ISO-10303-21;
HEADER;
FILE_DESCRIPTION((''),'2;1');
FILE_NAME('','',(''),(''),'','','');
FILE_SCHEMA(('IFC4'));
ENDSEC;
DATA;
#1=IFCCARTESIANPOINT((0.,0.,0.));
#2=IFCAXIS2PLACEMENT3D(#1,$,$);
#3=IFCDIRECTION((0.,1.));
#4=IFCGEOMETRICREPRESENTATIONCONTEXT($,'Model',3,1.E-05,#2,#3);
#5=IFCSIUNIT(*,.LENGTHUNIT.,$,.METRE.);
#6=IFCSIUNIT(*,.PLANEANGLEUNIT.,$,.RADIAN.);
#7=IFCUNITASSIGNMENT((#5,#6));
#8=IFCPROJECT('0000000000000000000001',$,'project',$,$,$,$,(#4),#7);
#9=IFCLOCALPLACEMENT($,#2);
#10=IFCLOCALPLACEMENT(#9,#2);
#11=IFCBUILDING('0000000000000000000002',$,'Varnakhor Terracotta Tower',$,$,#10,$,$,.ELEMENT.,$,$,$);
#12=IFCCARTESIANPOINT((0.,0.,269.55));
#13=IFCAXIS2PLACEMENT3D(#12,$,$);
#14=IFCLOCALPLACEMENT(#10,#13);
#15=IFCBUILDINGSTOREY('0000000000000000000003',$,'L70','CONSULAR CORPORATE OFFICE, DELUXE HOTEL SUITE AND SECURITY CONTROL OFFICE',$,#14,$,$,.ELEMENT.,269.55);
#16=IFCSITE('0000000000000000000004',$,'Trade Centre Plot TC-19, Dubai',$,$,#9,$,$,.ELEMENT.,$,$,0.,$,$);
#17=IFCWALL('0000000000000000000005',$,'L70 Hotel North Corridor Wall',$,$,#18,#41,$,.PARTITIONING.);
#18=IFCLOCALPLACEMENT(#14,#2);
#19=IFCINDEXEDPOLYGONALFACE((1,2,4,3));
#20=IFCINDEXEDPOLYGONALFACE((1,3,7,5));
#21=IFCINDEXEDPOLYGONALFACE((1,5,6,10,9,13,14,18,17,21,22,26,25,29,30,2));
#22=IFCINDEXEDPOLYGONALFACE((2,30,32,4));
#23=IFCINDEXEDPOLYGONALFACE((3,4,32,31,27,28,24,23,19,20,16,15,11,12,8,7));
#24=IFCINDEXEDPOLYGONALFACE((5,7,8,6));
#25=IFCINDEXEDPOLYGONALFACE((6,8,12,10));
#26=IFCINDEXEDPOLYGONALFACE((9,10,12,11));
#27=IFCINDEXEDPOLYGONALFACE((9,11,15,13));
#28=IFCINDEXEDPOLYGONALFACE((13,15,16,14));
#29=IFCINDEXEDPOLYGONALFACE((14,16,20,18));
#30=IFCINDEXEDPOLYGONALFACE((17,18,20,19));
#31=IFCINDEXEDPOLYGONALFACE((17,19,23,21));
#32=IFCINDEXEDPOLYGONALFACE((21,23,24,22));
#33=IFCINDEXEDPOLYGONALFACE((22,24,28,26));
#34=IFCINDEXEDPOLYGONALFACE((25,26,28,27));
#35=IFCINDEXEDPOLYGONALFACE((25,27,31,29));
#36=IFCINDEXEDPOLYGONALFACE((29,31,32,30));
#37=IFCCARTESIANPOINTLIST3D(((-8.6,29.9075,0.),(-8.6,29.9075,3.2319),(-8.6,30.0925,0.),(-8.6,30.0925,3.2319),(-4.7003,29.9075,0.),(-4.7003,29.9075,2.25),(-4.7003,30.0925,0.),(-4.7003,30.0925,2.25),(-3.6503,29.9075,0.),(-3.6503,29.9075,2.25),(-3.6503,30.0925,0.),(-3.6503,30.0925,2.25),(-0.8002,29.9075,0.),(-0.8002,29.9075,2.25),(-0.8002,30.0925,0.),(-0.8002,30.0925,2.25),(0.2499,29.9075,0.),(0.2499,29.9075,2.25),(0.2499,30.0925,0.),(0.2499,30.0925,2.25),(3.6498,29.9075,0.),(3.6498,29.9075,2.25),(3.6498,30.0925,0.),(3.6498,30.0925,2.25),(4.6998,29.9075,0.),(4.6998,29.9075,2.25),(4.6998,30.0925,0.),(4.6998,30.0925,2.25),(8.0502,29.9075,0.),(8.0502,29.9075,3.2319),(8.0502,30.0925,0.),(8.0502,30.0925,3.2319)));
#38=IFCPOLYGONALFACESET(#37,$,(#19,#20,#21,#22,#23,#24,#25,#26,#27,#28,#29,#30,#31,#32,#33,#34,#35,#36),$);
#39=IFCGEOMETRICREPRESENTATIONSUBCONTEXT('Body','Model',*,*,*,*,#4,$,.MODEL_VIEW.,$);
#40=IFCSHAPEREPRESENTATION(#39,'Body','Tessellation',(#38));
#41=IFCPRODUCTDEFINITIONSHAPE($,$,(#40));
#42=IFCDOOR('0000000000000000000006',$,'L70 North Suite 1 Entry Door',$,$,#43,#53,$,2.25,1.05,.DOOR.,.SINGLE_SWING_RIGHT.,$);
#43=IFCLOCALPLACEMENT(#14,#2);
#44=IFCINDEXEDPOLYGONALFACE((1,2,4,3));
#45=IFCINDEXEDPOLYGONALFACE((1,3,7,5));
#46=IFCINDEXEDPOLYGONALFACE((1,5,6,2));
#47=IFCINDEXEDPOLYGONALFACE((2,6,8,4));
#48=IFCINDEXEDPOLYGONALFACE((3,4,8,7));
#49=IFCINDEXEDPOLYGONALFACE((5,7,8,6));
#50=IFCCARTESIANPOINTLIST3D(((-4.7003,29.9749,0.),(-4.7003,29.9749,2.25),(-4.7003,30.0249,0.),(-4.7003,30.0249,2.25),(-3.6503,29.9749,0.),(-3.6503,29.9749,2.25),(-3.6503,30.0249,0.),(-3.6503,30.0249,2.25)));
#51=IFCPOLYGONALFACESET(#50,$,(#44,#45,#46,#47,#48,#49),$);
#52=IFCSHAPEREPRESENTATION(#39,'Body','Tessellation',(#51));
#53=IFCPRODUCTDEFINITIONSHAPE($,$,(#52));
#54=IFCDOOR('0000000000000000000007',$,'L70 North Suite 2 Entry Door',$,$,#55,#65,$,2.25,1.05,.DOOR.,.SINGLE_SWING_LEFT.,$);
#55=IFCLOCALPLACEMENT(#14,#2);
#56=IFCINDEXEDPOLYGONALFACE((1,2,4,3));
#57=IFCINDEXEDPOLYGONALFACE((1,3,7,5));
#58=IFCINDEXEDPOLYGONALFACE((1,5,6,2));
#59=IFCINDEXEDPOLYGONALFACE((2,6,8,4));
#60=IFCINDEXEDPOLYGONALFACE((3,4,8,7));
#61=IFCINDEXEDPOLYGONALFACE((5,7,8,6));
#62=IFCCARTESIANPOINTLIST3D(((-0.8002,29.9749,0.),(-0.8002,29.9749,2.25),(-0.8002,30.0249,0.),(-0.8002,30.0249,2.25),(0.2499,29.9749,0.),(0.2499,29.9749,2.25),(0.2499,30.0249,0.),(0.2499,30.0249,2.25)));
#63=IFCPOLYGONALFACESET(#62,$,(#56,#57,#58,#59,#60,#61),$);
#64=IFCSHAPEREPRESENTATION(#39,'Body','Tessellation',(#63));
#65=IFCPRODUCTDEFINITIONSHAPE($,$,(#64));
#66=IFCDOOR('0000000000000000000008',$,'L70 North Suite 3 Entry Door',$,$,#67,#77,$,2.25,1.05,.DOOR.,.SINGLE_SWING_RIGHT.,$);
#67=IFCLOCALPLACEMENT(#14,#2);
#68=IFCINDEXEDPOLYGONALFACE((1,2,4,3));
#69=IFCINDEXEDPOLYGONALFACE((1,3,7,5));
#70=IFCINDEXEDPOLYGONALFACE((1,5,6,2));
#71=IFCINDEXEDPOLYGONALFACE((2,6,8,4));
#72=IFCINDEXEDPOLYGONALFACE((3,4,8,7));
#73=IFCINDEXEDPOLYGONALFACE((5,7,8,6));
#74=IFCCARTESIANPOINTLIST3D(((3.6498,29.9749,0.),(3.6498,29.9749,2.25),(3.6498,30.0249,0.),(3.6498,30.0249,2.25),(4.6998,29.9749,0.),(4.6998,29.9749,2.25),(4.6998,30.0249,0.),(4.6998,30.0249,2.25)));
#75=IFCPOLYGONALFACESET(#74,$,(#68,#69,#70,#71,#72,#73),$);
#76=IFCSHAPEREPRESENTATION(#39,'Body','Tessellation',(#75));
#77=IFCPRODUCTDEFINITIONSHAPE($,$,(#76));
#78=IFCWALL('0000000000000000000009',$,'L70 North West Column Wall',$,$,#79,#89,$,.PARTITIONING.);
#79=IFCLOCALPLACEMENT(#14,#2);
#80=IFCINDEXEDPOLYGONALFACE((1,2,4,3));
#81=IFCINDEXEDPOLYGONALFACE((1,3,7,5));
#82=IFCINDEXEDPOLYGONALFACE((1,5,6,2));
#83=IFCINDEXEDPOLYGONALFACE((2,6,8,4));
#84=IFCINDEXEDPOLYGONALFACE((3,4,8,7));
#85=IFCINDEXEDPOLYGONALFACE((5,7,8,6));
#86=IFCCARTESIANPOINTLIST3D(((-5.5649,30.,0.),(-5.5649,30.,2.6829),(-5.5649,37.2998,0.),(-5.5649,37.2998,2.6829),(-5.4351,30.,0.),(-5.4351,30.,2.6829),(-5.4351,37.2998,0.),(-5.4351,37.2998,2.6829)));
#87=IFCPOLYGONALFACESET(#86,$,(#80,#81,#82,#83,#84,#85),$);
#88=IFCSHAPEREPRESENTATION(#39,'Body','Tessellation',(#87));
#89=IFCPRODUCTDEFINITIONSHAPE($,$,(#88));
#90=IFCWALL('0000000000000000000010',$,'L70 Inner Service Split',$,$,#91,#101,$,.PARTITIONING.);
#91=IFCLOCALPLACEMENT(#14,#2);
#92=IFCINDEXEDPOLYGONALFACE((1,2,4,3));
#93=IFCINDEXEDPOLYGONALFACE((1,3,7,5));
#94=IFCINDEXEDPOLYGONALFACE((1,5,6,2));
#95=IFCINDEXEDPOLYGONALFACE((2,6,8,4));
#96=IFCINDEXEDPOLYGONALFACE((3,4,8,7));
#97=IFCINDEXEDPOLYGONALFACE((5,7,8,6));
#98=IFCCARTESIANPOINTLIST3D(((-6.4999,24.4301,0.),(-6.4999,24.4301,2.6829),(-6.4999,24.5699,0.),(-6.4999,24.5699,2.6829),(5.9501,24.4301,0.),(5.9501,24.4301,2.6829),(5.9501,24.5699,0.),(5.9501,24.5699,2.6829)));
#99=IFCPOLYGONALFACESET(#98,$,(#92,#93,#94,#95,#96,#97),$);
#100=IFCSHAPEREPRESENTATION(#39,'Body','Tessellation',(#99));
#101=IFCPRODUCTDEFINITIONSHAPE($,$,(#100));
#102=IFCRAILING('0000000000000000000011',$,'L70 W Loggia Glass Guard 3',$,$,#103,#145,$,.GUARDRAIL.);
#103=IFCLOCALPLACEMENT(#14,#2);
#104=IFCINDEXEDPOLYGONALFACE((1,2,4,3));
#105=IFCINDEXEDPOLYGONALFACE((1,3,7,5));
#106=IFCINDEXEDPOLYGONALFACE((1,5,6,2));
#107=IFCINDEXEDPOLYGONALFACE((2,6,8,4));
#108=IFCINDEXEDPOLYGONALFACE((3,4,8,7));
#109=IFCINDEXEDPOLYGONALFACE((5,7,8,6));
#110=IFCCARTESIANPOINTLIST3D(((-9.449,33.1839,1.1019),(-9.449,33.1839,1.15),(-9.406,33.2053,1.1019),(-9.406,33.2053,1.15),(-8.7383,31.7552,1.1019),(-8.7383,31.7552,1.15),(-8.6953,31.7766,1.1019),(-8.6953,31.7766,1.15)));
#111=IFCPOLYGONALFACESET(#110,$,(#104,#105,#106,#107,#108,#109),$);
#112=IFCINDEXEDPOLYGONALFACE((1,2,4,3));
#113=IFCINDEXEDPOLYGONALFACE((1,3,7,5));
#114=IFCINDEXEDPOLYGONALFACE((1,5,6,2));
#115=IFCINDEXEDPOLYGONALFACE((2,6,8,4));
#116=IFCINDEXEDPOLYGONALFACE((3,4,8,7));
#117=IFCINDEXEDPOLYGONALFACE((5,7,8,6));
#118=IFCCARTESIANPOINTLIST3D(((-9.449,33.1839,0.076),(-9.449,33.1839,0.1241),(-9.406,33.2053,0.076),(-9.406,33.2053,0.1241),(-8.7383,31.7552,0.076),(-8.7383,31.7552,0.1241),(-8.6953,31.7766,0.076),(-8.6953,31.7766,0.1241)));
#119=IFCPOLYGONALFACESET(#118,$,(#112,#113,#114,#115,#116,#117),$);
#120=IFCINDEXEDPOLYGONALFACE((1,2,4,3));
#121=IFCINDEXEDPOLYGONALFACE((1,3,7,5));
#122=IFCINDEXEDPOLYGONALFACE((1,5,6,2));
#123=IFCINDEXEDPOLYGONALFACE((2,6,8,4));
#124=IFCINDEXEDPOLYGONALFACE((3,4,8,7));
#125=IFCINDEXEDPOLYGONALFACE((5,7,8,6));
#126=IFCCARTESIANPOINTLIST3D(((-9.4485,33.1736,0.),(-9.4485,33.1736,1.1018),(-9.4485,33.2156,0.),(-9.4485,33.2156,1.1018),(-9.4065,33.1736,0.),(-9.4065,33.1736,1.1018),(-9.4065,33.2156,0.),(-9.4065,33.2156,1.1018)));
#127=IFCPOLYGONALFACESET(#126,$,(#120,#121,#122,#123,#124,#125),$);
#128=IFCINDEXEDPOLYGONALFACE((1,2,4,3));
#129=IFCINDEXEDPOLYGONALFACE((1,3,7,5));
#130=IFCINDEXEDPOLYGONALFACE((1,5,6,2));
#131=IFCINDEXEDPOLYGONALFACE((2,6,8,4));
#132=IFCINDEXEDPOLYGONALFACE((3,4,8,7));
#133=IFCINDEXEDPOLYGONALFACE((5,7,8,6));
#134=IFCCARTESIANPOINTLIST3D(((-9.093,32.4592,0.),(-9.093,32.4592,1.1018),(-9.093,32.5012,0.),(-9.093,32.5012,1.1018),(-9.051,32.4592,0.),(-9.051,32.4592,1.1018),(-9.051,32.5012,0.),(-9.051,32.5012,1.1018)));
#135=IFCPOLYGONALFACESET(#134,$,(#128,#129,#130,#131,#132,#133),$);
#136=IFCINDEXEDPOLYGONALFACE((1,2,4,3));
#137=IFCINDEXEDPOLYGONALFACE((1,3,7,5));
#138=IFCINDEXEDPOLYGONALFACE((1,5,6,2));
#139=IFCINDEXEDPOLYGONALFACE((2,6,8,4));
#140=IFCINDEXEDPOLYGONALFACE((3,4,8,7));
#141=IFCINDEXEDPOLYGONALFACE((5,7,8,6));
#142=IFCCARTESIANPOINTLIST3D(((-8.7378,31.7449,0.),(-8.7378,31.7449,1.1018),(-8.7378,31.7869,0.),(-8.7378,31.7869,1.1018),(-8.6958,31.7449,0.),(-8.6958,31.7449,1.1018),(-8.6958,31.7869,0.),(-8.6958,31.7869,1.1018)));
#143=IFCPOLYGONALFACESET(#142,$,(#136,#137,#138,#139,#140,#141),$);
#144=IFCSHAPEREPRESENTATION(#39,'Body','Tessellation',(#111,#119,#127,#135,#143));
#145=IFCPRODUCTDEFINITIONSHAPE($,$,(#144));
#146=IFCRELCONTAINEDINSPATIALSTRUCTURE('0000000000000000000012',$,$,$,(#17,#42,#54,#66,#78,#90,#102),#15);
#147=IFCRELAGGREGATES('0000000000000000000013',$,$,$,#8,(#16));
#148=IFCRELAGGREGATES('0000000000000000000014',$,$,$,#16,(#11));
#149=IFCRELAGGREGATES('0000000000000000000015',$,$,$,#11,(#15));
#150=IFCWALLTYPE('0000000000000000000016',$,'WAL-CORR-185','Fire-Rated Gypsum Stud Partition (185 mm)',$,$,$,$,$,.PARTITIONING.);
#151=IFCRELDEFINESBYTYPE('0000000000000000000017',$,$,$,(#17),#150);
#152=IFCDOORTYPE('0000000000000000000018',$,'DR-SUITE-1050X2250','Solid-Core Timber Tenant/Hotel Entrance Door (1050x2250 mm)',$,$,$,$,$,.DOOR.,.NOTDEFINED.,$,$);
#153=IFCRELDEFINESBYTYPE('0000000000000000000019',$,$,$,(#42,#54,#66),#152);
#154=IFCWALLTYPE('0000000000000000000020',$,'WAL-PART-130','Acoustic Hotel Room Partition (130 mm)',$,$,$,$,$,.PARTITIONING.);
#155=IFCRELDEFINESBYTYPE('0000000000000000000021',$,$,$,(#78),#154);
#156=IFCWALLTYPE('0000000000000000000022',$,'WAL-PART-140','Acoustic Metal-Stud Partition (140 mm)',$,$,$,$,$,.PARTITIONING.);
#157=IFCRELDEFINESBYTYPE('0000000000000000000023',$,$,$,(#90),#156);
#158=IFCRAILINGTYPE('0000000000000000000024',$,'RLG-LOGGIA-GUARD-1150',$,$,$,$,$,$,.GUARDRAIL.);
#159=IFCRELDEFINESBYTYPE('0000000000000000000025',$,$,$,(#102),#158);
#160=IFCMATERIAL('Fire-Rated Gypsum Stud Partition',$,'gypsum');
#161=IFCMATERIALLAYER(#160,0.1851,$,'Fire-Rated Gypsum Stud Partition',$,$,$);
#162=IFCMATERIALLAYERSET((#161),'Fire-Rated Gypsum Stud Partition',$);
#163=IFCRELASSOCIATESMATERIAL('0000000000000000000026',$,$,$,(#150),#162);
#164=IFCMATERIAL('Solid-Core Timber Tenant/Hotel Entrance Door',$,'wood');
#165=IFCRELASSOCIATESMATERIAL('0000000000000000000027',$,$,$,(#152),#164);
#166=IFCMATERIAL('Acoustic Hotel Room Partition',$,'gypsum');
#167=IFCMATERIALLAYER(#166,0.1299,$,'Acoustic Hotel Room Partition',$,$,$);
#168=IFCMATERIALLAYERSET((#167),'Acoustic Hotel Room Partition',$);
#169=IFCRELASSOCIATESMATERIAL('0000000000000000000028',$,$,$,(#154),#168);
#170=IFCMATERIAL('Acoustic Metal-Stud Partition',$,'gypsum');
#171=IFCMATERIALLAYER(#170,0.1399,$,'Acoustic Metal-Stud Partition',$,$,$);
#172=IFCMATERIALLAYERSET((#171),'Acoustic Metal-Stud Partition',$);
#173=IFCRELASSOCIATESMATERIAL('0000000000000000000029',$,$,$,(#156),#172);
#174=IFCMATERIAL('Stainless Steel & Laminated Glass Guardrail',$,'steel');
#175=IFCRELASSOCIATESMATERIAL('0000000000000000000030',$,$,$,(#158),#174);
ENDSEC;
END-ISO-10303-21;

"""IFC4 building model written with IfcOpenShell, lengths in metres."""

from ifc_helpers import new_model, si_unit, direction, frame, frame_2d, origin, origin_2d, place, context, subcontext, project, spatial, rectangle, extrude, source, transform, mapped, material, layer, layer_set, type_object, type_shapes, element, fill, save


model = new_model("IFC4")

# Units and contexts
model_context = context("Model", 3, precision=1e-05, world=origin(), true_north=direction((0.0, 1.0)))
body_context = subcontext(model_context, "Body", "Model", "MODEL_VIEW")
ifc_project = project(units=[si_unit("LENGTHUNIT", "METRE"), si_unit("PLANEANGLEUNIT", "RADIAN")], contexts=[model_context])

# Site, building, storey
site_placement = place(None, origin())
site = spatial("IfcSite", under=ifc_project, at=site_placement, Name="Trade Centre Plot TC-19, Dubai", CompositionType="ELEMENT", RefElevation=0.0)
building_placement = place(site_placement, origin())
building = spatial("IfcBuilding", under=site, at=building_placement, Name="Varnakhor Terracotta Tower", CompositionType="ELEMENT")
storey_placement = place(building_placement, frame((0.0, 0.0, 269.55)))
storey = spatial("IfcBuildingStorey", under=building, at=storey_placement, Name="L70", Description="CONSULAR CORPORATE OFFICE, DELUXE HOTEL SUITE AND SECURITY CONTROL OFFICE", CompositionType="ELEMENT", Elevation=269.55)

# Shared definitions
ifc_material_1 = material(Name="Fire-Rated Gypsum Stud Partition", Category="gypsum")
ifc_layer_1 = layer(ifc_material_1, 0.1851, Name="Fire-Rated Gypsum Stud Partition")
ifc_layer_set_1 = layer_set([ifc_layer_1], Name="Fire-Rated Gypsum Stud Partition")
wall_type_1 = type_object("IfcWallType", Name="WAL-CORR-185", Description="Fire-Rated Gypsum Stud Partition (185 mm)", PredefinedType="PARTITIONING", material=ifc_layer_set_1)

# Wall, openings, doors
wall_1_placement = place(storey_placement, frame((-8.6001, 30.0, 0.0), z_axis=(0.0, 0.0, 1.0), x_axis=(1.0, 0.0, 0.0)))
wall_1 = element("IfcWall", 1, at=wall_1_placement, inside=storey, type_object=wall_type_1, Name="L70 Hotel North Corridor Wall", PredefinedType="PARTITIONING", context=body_context, shape_type="SweptSolid", body=[
    extrude(rectangle(XDim=16.6501, YDim=0.1851, at=frame_2d((8.3252, 0.0))), origin(), (0.0, 0.0, 1.0), 3.2319),
])
opening_1_placement = place(wall_1_placement, frame((3.8999, 0.0, 0.0)))
opening_1 = element("IfcOpeningElement", 2, at=opening_1_placement, cuts=wall_1, PredefinedType="OPENING", context=body_context, shape_type="SweptSolid", body=[
    extrude(rectangle(XDim=1.05, YDim=2.25, at=frame_2d((0.5249, 1.125))), frame((0.0, 0.1025, 0.0), z_axis=(0.0, -1.0, 0.0), x_axis=(1.0, 0.0, 0.0)), (0.0, 0.0, 1.0), 0.2051),
])
opening_2_placement = place(wall_1_placement, frame((7.8, 0.0, 0.0)))
opening_2 = element("IfcOpeningElement", 3, at=opening_2_placement, cuts=wall_1, PredefinedType="OPENING", context=body_context, shape_type="SweptSolid", body=[
    extrude(rectangle(XDim=1.05, YDim=2.25, at=frame_2d((0.5249, 1.125))), frame((0.0, 0.1025, 0.0), z_axis=(0.0, -1.0, 0.0), x_axis=(1.0, 0.0, 0.0)), (0.0, 0.0, 1.0), 0.2051),
])
opening_3_placement = place(wall_1_placement, frame((12.25, 0.0, 0.0)))
opening_3 = element("IfcOpeningElement", 4, at=opening_3_placement, cuts=wall_1, PredefinedType="OPENING", context=body_context, shape_type="SweptSolid", body=[
    extrude(rectangle(XDim=1.05, YDim=2.25, at=frame_2d((0.5249, 1.125))), frame((0.0, 0.1025, 0.0), z_axis=(0.0, -1.0, 0.0), x_axis=(1.0, 0.0, 0.0)), (0.0, 0.0, 1.0), 0.2051),
])
ifc_material_2 = material(Name="Solid-Core Timber Tenant/Hotel Entrance Door", Category="wood")
door_type_1 = type_object("IfcDoorType", Name="DR-SUITE-1050X2250", Description="Solid-Core Timber Tenant/Hotel Entrance Door (1050x2250 mm)", OperationType="NOTDEFINED", PredefinedType="DOOR", material=ifc_material_2)
shared_shape_1 = source(origin(), body_context, "Body", "SweptSolid", [
    extrude(rectangle(XDim=1.05, YDim=2.25, at=frame_2d((0.5249, 1.125))), frame((0.0, 0.0249, 0.0), z_axis=(0.0, -1.0, 0.0), x_axis=(1.0, 0.0, 0.0)), (0.0, 0.0, 1.0), 0.05),
])
type_shapes(door_type_1, [shared_shape_1])
door_1_placement = place(opening_1_placement, origin())
door_1 = element("IfcDoor", 5, at=door_1_placement, inside=storey, type_object=door_type_1, Name="L70 North Suite 1 Entry Door", OperationType="SINGLE_SWING_RIGHT", OverallHeight=2.25, OverallWidth=1.05, PredefinedType="DOOR", context=body_context, shape_type="MappedRepresentation", body=[
    mapped(shared_shape_1, transform((0.0, 0.0, 0.0), scale=1.0)),
])
fill(opening_1, door_1)
door_2_placement = place(opening_2_placement, origin())
door_2 = element("IfcDoor", 6, at=door_2_placement, inside=storey, type_object=door_type_1, Name="L70 North Suite 2 Entry Door", OperationType="SINGLE_SWING_LEFT", OverallHeight=2.25, OverallWidth=1.05, PredefinedType="DOOR", context=body_context, shape_type="MappedRepresentation", body=[
    mapped(shared_shape_1, transform((0.0, 0.0, 0.0), scale=1.0)),
])
fill(opening_2, door_2)
door_3_placement = place(opening_3_placement, origin())
door_3 = element("IfcDoor", 7, at=door_3_placement, inside=storey, type_object=door_type_1, Name="L70 North Suite 3 Entry Door", OperationType="SINGLE_SWING_RIGHT", OverallHeight=2.25, OverallWidth=1.05, PredefinedType="DOOR", context=body_context, shape_type="MappedRepresentation", body=[
    mapped(shared_shape_1, transform((0.0, 0.0, 0.0), scale=1.0)),
])
fill(opening_3, door_3)

# Walls
ifc_material_3 = material(Name="Acoustic Hotel Room Partition", Category="gypsum")
ifc_layer_2 = layer(ifc_material_3, 0.1299, Name="Acoustic Hotel Room Partition")
ifc_layer_set_2 = layer_set([ifc_layer_2], Name="Acoustic Hotel Room Partition")
wall_type_2 = type_object("IfcWallType", Name="WAL-PART-130", Description="Acoustic Hotel Room Partition (130 mm)", PredefinedType="PARTITIONING", material=ifc_layer_set_2)
wall_2_placement = place(storey_placement, frame((-5.5, 30.0, 0.0), z_axis=(0.0, 0.0, 1.0), x_axis=(0.0, 1.0, 0.0)))
element("IfcWall", 8, at=wall_2_placement, inside=storey, type_object=wall_type_2, Name="L70 North West Column Wall", PredefinedType="PARTITIONING", context=body_context, shape_type="SweptSolid", body=[
    extrude(rectangle(XDim=7.2998, YDim=0.1299, at=frame_2d((3.6499, 0.0))), origin(), (0.0, 0.0, 1.0), 2.6829),
])
ifc_material_4 = material(Name="Acoustic Metal-Stud Partition", Category="gypsum")
ifc_layer_3 = layer(ifc_material_4, 0.1399, Name="Acoustic Metal-Stud Partition")
ifc_layer_set_3 = layer_set([ifc_layer_3], Name="Acoustic Metal-Stud Partition")
wall_type_3 = type_object("IfcWallType", Name="WAL-PART-140", Description="Acoustic Metal-Stud Partition (140 mm)", PredefinedType="PARTITIONING", material=ifc_layer_set_3)
wall_3_placement = place(storey_placement, frame((-6.5, 24.5, 0.0), z_axis=(0.0, 0.0, 1.0), x_axis=(1.0, 0.0, 0.0)))
element("IfcWall", 9, at=wall_3_placement, inside=storey, type_object=wall_type_3, Name="L70 Inner Service Split", PredefinedType="PARTITIONING", context=body_context, shape_type="SweptSolid", body=[
    extrude(rectangle(XDim=12.45, YDim=0.1399, at=frame_2d((6.2251, 0.0))), origin(), (0.0, 0.0, 1.0), 2.6829),
])

# Railing
ifc_material_5 = material(Name="Stainless Steel & Laminated Glass Guardrail", Category="steel")
railing_type = type_object("IfcRailingType", Name="RLG-LOGGIA-GUARD-1150", PredefinedType="GUARDRAIL", material=ifc_material_5)
railing_placement = place(storey_placement, frame((-9.4275, 33.1946, 0.0)))
element("IfcRailing", 10, at=railing_placement, inside=storey, type_object=railing_type, Name="L70 W Loggia Glass Guard 3", PredefinedType="GUARDRAIL", context=body_context, shape_type="SweptSolid", body=[
    extrude(rectangle(XDim=0.0481, YDim=0.0481, at=origin_2d()), frame((0.0, 0.0, 1.126), z_axis=(0.445377, -0.895343, 0.0), x_axis=(0.895343, 0.445377, 0.0)), (0.0, 0.0, 1.0), 1.5957),
    extrude(rectangle(XDim=0.0481, YDim=0.0481, at=origin_2d()), frame((0.0, 0.0, 0.1001), z_axis=(0.445377, -0.895343, 0.0), x_axis=(0.895343, 0.445377, 0.0)), (0.0, 0.0, 1.0), 1.5957),
    extrude(rectangle(XDim=0.042, YDim=0.042, at=origin_2d()), origin(), (0.0, 0.0, 1.0), 1.1018),
    extrude(rectangle(XDim=0.042, YDim=0.042, at=origin_2d()), frame((0.3555, -0.7144, 0.0)), (0.0, 0.0, 1.0), 1.1018),
    extrude(rectangle(XDim=0.042, YDim=0.042, at=origin_2d()), frame((0.7107, -1.4287, 0.0)), (0.0, 0.0, 1.0), 1.1018),
])

save(model, "model.ifc")
